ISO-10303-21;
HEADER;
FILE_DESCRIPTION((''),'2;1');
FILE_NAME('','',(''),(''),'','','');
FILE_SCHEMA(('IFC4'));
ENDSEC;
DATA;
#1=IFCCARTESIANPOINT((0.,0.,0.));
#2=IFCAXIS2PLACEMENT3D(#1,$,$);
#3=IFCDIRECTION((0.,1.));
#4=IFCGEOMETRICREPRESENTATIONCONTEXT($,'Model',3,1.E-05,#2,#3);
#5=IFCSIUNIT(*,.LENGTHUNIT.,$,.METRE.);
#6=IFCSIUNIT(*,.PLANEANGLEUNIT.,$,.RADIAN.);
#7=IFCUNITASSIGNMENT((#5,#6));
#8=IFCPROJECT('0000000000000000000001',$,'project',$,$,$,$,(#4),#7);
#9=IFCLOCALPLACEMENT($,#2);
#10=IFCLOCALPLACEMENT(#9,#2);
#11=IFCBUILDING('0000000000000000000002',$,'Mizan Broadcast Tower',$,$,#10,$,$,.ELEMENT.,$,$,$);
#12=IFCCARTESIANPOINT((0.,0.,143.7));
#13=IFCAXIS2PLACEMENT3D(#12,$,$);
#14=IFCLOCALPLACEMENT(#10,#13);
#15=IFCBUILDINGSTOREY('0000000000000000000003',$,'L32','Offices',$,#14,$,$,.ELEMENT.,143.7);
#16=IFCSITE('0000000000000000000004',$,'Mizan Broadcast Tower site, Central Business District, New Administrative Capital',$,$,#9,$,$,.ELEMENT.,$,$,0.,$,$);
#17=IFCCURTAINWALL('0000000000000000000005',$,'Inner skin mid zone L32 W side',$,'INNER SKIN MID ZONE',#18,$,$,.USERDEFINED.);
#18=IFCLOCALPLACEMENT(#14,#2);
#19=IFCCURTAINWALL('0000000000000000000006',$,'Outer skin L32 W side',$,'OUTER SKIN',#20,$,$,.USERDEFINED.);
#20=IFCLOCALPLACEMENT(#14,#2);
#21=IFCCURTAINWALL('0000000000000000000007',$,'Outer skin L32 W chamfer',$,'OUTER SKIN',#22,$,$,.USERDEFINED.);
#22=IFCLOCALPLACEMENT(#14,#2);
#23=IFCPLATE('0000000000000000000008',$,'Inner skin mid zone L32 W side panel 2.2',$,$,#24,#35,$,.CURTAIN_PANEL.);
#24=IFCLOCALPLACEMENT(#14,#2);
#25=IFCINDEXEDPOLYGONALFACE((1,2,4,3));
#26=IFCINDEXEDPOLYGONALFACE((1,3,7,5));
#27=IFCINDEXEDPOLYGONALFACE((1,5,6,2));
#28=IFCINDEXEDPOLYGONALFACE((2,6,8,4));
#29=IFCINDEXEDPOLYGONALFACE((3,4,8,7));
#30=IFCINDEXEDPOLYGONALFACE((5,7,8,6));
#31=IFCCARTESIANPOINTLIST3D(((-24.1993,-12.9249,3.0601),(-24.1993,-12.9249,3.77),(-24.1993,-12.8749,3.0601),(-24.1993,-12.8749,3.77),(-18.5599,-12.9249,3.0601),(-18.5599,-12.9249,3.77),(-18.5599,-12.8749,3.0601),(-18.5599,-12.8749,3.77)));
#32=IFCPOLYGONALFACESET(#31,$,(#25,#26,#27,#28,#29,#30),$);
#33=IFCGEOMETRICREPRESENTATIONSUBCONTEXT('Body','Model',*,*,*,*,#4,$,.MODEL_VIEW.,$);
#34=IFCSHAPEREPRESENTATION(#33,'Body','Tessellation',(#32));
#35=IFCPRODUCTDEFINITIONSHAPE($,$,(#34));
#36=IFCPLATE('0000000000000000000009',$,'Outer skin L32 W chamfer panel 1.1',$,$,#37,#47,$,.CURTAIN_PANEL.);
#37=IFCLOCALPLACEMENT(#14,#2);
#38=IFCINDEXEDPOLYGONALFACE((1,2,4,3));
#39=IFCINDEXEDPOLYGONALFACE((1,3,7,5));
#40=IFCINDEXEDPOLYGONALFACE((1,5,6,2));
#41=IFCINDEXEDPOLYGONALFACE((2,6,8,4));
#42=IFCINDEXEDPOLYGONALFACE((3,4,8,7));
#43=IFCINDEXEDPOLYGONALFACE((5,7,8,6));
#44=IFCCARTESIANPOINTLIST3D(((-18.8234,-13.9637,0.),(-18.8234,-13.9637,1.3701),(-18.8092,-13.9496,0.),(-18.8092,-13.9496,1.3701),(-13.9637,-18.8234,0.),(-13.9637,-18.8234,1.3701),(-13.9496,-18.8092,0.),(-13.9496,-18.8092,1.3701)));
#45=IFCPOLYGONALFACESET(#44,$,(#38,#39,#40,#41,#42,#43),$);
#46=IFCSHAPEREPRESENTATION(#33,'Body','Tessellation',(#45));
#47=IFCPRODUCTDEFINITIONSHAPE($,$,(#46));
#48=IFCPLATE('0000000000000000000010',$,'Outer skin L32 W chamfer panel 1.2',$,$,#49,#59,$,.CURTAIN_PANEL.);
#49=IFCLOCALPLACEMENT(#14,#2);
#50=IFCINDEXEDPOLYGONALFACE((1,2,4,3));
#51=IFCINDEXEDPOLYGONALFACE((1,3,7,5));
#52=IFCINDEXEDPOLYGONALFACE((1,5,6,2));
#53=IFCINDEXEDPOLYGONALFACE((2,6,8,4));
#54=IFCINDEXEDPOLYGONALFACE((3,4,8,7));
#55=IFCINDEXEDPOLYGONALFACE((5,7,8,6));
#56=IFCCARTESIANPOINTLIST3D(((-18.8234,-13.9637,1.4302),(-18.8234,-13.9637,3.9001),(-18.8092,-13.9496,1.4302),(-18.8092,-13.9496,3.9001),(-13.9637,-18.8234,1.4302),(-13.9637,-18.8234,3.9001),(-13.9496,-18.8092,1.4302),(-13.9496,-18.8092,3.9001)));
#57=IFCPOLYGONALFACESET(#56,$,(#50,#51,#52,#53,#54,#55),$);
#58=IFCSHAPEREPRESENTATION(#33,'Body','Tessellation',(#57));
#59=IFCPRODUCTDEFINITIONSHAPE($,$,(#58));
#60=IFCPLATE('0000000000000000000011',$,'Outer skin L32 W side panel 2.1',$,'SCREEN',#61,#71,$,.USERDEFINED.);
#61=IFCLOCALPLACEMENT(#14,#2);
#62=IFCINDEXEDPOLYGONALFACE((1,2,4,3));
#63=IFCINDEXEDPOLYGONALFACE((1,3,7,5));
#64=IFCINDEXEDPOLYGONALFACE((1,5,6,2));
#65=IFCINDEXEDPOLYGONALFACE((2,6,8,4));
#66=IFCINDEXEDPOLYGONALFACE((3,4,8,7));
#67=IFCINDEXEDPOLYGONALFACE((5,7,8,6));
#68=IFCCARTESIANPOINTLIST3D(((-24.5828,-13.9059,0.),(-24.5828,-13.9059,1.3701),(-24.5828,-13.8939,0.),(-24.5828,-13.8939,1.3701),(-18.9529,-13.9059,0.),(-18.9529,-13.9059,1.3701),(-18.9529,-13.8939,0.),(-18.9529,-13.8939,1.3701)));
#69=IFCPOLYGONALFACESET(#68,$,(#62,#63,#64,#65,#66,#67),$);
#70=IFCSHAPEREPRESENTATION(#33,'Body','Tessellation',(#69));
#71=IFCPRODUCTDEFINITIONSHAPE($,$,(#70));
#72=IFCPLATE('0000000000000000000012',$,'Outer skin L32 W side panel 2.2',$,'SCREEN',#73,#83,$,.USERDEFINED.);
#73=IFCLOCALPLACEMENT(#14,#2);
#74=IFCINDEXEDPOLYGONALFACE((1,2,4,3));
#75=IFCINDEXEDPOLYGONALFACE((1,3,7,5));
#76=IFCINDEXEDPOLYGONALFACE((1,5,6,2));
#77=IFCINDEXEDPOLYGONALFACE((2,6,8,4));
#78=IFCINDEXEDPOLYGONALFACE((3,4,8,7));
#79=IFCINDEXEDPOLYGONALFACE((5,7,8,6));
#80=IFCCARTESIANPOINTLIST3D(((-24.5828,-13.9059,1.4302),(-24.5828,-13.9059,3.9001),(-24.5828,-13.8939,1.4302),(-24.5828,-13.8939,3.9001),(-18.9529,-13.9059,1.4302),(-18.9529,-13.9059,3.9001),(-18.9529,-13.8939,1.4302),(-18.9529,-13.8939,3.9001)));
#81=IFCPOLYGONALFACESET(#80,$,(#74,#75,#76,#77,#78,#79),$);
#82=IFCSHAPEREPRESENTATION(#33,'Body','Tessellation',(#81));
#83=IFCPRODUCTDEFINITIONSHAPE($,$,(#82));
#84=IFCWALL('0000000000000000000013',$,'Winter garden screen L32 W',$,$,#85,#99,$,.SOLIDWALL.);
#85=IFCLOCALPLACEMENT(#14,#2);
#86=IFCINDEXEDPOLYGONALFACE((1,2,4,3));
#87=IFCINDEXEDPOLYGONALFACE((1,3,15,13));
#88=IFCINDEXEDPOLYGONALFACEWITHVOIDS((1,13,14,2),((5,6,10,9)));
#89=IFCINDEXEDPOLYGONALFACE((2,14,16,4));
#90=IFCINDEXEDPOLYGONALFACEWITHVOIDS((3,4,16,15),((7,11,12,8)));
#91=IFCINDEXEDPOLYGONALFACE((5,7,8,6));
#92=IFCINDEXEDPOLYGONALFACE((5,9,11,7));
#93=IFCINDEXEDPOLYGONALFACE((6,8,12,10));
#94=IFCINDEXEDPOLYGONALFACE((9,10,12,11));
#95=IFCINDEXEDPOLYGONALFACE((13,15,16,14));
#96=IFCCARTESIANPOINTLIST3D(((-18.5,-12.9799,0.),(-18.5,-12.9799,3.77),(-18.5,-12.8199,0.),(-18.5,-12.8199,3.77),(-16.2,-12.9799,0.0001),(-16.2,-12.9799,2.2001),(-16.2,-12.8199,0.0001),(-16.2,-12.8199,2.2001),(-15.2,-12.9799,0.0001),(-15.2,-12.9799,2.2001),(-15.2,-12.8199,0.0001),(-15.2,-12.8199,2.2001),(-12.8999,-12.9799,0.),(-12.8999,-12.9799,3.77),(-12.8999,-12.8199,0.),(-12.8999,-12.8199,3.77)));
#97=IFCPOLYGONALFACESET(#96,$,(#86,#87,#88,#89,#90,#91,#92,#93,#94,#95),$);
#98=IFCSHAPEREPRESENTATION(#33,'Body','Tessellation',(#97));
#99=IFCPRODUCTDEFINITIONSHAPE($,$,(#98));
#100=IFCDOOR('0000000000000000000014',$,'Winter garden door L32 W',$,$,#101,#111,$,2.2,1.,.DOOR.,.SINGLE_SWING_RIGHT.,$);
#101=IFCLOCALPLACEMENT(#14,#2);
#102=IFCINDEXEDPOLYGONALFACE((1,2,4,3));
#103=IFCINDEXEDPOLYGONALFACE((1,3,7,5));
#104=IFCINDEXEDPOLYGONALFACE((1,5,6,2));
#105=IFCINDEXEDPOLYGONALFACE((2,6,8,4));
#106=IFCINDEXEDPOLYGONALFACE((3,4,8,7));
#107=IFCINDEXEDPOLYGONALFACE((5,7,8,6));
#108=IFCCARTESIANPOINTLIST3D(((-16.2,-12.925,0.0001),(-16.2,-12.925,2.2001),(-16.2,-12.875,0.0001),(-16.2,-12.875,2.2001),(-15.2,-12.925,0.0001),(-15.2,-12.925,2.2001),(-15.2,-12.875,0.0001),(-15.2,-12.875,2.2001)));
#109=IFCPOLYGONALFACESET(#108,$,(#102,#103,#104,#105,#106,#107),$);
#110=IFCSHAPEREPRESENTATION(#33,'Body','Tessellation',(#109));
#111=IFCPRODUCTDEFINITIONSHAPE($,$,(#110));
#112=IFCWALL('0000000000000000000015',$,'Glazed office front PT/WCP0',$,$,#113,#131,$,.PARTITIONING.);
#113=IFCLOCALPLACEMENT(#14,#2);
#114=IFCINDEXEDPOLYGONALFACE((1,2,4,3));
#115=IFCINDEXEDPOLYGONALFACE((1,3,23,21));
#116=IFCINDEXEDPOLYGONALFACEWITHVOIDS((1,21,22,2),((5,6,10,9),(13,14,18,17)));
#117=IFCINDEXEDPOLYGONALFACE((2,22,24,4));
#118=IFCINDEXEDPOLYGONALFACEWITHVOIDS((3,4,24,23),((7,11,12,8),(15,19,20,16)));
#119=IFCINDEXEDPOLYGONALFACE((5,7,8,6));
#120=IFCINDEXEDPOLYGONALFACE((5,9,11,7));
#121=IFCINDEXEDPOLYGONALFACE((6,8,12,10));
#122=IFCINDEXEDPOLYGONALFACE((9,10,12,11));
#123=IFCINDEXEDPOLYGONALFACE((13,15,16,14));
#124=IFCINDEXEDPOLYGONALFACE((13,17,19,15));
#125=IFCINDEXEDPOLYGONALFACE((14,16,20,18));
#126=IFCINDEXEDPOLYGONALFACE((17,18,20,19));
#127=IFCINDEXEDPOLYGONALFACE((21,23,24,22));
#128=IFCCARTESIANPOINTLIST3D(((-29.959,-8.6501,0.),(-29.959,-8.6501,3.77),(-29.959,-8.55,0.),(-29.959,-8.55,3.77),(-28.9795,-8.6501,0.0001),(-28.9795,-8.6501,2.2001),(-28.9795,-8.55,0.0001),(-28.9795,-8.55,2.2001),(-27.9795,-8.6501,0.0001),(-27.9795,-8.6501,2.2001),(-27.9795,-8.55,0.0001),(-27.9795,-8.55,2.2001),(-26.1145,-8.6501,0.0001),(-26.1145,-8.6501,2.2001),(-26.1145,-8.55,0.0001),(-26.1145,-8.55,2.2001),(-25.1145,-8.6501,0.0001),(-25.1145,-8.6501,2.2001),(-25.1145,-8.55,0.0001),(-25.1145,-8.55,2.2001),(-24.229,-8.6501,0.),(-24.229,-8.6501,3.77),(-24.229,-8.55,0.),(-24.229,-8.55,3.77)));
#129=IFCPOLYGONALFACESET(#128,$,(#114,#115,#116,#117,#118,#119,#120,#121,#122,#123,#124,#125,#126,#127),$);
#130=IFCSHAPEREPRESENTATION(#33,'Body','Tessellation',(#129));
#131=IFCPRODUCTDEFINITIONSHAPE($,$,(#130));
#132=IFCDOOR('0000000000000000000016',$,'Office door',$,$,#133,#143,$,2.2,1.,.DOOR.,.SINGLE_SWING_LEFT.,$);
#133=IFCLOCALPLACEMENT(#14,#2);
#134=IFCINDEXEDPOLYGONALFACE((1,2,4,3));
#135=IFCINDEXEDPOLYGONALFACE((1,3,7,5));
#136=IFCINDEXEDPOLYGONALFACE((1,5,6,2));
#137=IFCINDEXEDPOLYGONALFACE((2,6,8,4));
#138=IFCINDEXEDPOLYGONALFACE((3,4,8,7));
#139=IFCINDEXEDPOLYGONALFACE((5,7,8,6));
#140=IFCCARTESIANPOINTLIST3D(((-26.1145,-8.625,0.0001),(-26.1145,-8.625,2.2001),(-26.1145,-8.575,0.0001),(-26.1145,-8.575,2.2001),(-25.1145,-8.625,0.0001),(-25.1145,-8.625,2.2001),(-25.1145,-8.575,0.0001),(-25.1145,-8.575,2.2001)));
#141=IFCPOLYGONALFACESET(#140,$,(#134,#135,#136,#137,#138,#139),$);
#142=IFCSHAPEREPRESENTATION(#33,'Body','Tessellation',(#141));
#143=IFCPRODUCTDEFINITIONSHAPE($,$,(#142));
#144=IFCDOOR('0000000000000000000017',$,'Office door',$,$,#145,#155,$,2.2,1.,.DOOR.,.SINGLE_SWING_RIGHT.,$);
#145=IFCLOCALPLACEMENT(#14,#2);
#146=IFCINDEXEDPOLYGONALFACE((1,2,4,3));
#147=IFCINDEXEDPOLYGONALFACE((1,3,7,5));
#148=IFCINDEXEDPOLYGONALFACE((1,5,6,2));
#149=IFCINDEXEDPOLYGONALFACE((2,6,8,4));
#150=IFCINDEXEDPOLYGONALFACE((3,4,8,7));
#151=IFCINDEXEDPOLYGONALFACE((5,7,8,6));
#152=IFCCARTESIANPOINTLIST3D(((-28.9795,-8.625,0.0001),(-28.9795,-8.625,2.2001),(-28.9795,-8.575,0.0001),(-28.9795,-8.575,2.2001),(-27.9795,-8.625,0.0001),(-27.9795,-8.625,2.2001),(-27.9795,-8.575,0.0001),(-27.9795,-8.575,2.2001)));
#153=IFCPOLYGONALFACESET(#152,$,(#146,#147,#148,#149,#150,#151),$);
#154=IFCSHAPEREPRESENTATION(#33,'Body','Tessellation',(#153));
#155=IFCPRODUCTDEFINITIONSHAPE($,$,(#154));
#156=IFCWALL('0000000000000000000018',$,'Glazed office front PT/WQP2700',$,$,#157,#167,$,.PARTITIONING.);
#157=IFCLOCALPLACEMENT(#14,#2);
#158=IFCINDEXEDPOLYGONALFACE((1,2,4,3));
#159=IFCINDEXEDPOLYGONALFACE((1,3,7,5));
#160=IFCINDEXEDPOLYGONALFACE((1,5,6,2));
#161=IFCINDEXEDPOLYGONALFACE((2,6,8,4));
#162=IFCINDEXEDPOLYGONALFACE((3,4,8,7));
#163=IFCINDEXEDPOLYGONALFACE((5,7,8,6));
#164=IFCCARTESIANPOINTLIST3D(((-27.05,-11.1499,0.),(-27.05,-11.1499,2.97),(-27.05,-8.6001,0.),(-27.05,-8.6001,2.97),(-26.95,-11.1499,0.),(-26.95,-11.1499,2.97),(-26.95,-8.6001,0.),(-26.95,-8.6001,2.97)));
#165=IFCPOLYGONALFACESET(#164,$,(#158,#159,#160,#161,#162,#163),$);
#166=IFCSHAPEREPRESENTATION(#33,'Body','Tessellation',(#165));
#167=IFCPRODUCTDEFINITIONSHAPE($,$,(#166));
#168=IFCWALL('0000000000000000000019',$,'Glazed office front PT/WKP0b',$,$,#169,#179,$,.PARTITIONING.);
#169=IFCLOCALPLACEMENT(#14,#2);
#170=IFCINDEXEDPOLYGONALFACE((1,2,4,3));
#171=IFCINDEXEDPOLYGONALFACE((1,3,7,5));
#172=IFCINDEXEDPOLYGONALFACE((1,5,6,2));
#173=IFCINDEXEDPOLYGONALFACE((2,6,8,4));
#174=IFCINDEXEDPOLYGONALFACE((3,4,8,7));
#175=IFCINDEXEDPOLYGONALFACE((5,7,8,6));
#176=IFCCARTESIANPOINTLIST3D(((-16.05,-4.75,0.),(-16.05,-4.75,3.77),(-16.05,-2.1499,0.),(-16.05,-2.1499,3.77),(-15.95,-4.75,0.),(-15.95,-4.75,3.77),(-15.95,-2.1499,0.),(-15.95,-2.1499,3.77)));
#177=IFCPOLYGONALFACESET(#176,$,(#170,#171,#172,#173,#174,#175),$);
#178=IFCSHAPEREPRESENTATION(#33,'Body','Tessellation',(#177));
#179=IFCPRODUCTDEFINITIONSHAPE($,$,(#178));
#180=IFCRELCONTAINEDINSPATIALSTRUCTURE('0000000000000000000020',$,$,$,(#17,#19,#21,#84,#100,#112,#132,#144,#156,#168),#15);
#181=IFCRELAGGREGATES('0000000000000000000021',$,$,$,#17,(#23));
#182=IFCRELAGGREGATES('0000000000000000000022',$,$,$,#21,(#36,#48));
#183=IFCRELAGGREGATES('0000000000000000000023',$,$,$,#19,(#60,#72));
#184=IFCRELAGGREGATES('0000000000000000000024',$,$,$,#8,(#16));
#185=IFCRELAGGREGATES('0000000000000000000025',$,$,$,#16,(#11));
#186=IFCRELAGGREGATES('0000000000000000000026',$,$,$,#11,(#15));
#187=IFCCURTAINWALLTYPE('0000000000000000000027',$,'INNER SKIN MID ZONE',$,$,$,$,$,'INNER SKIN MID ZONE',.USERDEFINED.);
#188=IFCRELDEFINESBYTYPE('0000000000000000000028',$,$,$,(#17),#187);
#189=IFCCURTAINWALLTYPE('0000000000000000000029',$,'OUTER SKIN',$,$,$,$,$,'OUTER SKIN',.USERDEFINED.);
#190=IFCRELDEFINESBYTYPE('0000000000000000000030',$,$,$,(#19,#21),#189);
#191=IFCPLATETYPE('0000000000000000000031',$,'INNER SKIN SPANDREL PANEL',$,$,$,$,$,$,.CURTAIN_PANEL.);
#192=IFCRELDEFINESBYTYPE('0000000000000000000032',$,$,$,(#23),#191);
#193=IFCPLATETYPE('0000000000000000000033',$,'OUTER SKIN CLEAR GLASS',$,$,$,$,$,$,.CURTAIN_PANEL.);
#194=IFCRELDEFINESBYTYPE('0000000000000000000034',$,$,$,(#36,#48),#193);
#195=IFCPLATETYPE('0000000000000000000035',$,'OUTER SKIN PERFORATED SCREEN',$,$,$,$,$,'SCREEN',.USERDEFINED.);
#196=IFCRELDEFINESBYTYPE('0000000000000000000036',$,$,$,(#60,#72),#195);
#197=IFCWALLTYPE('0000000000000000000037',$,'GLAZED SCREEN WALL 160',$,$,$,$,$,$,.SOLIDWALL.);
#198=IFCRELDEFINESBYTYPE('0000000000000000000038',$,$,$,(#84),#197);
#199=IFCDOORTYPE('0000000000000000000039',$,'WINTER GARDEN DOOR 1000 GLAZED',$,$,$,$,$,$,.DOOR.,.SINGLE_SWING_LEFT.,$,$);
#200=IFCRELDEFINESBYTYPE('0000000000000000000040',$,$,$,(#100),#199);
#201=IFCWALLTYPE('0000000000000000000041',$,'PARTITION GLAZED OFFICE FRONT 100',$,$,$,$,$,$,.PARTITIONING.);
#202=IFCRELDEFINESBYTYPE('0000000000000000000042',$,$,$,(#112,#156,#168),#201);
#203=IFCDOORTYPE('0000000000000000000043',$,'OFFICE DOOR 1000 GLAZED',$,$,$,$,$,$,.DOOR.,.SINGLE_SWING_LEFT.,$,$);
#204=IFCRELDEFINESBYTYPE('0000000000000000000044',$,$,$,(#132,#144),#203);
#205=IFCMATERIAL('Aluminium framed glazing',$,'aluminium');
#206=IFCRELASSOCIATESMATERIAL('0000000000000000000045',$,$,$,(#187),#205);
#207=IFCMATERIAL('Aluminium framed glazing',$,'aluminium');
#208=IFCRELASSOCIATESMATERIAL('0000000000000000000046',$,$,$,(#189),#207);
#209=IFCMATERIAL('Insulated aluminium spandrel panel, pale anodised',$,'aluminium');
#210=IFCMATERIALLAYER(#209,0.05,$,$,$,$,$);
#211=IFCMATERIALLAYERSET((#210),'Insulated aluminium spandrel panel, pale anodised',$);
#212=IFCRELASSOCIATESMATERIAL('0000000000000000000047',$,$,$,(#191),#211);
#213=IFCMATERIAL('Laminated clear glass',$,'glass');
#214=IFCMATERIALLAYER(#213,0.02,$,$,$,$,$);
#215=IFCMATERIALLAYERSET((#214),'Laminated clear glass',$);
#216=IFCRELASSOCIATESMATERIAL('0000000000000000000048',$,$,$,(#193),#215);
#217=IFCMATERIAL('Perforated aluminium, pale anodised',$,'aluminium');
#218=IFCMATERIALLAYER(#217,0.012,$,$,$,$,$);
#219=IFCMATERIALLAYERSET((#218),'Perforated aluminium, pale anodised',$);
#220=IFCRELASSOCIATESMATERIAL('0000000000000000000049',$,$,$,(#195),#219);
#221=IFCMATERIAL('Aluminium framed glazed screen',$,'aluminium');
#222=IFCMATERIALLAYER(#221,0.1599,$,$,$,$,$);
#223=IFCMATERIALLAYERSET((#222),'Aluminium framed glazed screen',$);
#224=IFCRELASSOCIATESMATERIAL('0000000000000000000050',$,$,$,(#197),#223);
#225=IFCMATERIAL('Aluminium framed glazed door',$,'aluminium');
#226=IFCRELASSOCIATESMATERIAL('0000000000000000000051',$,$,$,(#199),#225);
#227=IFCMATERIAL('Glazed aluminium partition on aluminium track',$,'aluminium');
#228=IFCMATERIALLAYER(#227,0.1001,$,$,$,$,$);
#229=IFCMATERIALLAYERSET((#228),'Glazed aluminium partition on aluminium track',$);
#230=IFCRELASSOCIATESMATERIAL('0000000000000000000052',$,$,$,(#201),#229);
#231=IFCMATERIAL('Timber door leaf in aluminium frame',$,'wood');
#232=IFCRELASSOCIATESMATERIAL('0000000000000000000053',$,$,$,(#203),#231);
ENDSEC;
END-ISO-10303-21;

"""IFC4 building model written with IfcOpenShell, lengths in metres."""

from ifc_helpers import new_model, si_unit, direction, frame, frame_2d, origin, origin_2d, place, context, subcontext, project, spatial, rectangle, extrude, material, layer, layer_set, type_object, element, fill, aggregate, save


model = new_model("IFC4")

# Units and contexts
model_context = context("Model", 3, precision=1e-05, world=origin(), true_north=direction((0.0, 1.0)))
body_context = subcontext(model_context, "Body", "Model", "MODEL_VIEW")
ifc_project = project(units=[si_unit("LENGTHUNIT", "METRE"), si_unit("PLANEANGLEUNIT", "RADIAN")], contexts=[model_context])

# Site, building, storey
site_placement = place(None, origin())
site = spatial("IfcSite", under=ifc_project, at=site_placement, Name="Mizan Broadcast Tower site, Central Business District, New Administrative Capital", CompositionType="ELEMENT", RefElevation=0.0)
building_placement = place(site_placement, origin())
building = spatial("IfcBuilding", under=site, at=building_placement, Name="Mizan Broadcast Tower", CompositionType="ELEMENT")
storey_placement = place(building_placement, frame((0.0, 0.0, 143.7)))
storey = spatial("IfcBuildingStorey", under=building, at=storey_placement, Name="L32", Description="Offices", CompositionType="ELEMENT", Elevation=143.7)

# Curtain walls
ifc_material_1 = material(Name="Aluminium framed glazing", Category="aluminium")
curtain_wall_type_1 = type_object("IfcCurtainWallType", Name="INNER SKIN MID ZONE", ElementType="INNER SKIN MID ZONE", PredefinedType="USERDEFINED", material=ifc_material_1)
curtain_wall_1_placement = place(storey_placement, origin())
curtain_wall_1 = element("IfcCurtainWall", 1, at=curtain_wall_1_placement, inside=storey, type_object=curtain_wall_type_1, Name="Inner skin mid zone L32 W side", ObjectType="INNER SKIN MID ZONE", PredefinedType="USERDEFINED")
ifc_material_2 = material(Name="Aluminium framed glazing", Category="aluminium")
curtain_wall_type_2 = type_object("IfcCurtainWallType", Name="OUTER SKIN", ElementType="OUTER SKIN", PredefinedType="USERDEFINED", material=ifc_material_2)
curtain_wall_2_placement = place(storey_placement, origin())
curtain_wall_2 = element("IfcCurtainWall", 2, at=curtain_wall_2_placement, inside=storey, type_object=curtain_wall_type_2, Name="Outer skin L32 W side", ObjectType="OUTER SKIN", PredefinedType="USERDEFINED")

# Curtain wall
curtain_wall_3_placement = place(storey_placement, origin())
curtain_wall_3 = element("IfcCurtainWall", 3, at=curtain_wall_3_placement, inside=storey, type_object=curtain_wall_type_2, Name="Outer skin L32 W chamfer", ObjectType="OUTER SKIN", PredefinedType="USERDEFINED")

# Plates
ifc_material_3 = material(Name="Insulated aluminium spandrel panel, pale anodised", Category="aluminium")
ifc_layer_1 = layer(ifc_material_3, 0.05)
ifc_layer_set_1 = layer_set([ifc_layer_1], Name="Insulated aluminium spandrel panel, pale anodised")
plate_type_1 = type_object("IfcPlateType", Name="INNER SKIN SPANDREL PANEL", PredefinedType="CURTAIN_PANEL", material=ifc_layer_set_1)
plate_1_placement = place(storey_placement, frame((-21.3796, -12.8999, 3.0601), z_axis=(0.0, 0.0, 1.0), x_axis=(1.0, 0.0, 0.0)))
plate_1 = element("IfcPlate", 4, at=plate_1_placement, type_object=plate_type_1, Name="Inner skin mid zone L32 W side panel 2.2", PredefinedType="CURTAIN_PANEL", context=body_context, shape_type="SweptSolid", body=[
    extrude(rectangle(XDim=5.6394, YDim=0.05, at=origin_2d()), origin(), (0.0, 0.0, 1.0), 0.71),
])
aggregate(curtain_wall_1, [plate_1])
ifc_material_4 = material(Name="Laminated clear glass", Category="glass")
ifc_layer_2 = layer(ifc_material_4, 0.02)
ifc_layer_set_2 = layer_set([ifc_layer_2], Name="Laminated clear glass")
plate_type_2 = type_object("IfcPlateType", Name="OUTER SKIN CLEAR GLASS", PredefinedType="CURTAIN_PANEL", material=ifc_layer_set_2)
plate_2_placement = place(storey_placement, frame((-16.3865, -16.3865, 0.0), z_axis=(0.0, 0.0, 1.0), x_axis=(0.707107, -0.707107, 0.0)))
plate_2 = element("IfcPlate", 5, at=plate_2_placement, type_object=plate_type_2, Name="Outer skin L32 W chamfer panel 1.1", PredefinedType="CURTAIN_PANEL", context=body_context, shape_type="SweptSolid", body=[
    extrude(rectangle(XDim=6.8726, YDim=0.02, at=origin_2d()), origin(), (0.0, 0.0, 1.0), 1.3701),
])
plate_3_placement = place(storey_placement, frame((-16.3865, -16.3865, 1.4302), z_axis=(0.0, 0.0, 1.0), x_axis=(0.707107, -0.707107, 0.0)))
plate_3 = element("IfcPlate", 6, at=plate_3_placement, type_object=plate_type_2, Name="Outer skin L32 W chamfer panel 1.2", PredefinedType="CURTAIN_PANEL", context=body_context, shape_type="SweptSolid", body=[
    extrude(rectangle(XDim=6.8726, YDim=0.02, at=origin_2d()), origin(), (0.0, 0.0, 1.0), 2.47),
])
aggregate(curtain_wall_3, [plate_2, plate_3])
ifc_material_5 = material(Name="Perforated aluminium, pale anodised", Category="aluminium")
ifc_layer_3 = layer(ifc_material_5, 0.012)
ifc_layer_set_3 = layer_set([ifc_layer_3], Name="Perforated aluminium, pale anodised")
plate_type_3 = type_object("IfcPlateType", Name="OUTER SKIN PERFORATED SCREEN", ElementType="SCREEN", PredefinedType="USERDEFINED", material=ifc_layer_set_3)
plate_4_placement = place(storey_placement, frame((-21.7678, -13.8999, 0.0), z_axis=(0.0, 0.0, 1.0), x_axis=(1.0, 0.0, 0.0)))
plate_4 = element("IfcPlate", 7, at=plate_4_placement, type_object=plate_type_3, Name="Outer skin L32 W side panel 2.1", ObjectType="SCREEN", PredefinedType="USERDEFINED", context=body_context, shape_type="SweptSolid", body=[
    extrude(rectangle(XDim=5.6299, YDim=0.012, at=origin_2d()), origin(), (0.0, 0.0, 1.0), 1.3701),
])
plate_5_placement = place(storey_placement, frame((-21.7678, -13.8999, 1.4302), z_axis=(0.0, 0.0, 1.0), x_axis=(1.0, 0.0, 0.0)))
plate_5 = element("IfcPlate", 8, at=plate_5_placement, type_object=plate_type_3, Name="Outer skin L32 W side panel 2.2", ObjectType="SCREEN", PredefinedType="USERDEFINED", context=body_context, shape_type="SweptSolid", body=[
    extrude(rectangle(XDim=5.6299, YDim=0.012, at=origin_2d()), origin(), (0.0, 0.0, 1.0), 2.47),
])
aggregate(curtain_wall_2, [plate_4, plate_5])

# Wall, opening, door
ifc_material_6 = material(Name="Aluminium framed glazed screen", Category="aluminium")
ifc_layer_4 = layer(ifc_material_6, 0.1599)
ifc_layer_set_4 = layer_set([ifc_layer_4], Name="Aluminium framed glazed screen")
wall_type_1 = type_object("IfcWallType", Name="GLAZED SCREEN WALL 160", PredefinedType="SOLIDWALL", material=ifc_layer_set_4)
wall_1_placement = place(storey_placement, frame((-18.5, -12.8999, 0.0), z_axis=(0.0, 0.0, 1.0), x_axis=(1.0, 0.0, 0.0)))
wall_1 = element("IfcWall", 9, at=wall_1_placement, inside=storey, type_object=wall_type_1, Name="Winter garden screen L32 W", PredefinedType="SOLIDWALL", context=body_context, shape_type="SweptSolid", body=[
    extrude(rectangle(XDim=5.6001, YDim=0.1599, at=frame_2d((2.8, 0.0))), origin(), (0.0, 0.0, 1.0), 3.77),
])
opening_1_placement = place(wall_1_placement, frame((2.3, 0.0, 0.0)))
opening_1 = element("IfcOpeningElement", 10, at=opening_1_placement, cuts=wall_1, PredefinedType="OPENING", context=body_context, shape_type="SweptSolid", body=[
    extrude(rectangle(XDim=1.0, YDim=2.2, at=frame_2d((0.5, 1.1001))), frame((0.0, 0.0898, 0.0), z_axis=(0.0, -1.0, 0.0), x_axis=(1.0, 0.0, 0.0)), (0.0, 0.0, 1.0), 0.1799),
])
ifc_material_7 = material(Name="Aluminium framed glazed door", Category="aluminium")
door_type_1 = type_object("IfcDoorType", Name="WINTER GARDEN DOOR 1000 GLAZED", OperationType="SINGLE_SWING_LEFT", PredefinedType="DOOR", material=ifc_material_7)
door_1_placement = place(opening_1_placement, origin())
door_1 = element("IfcDoor", 11, at=door_1_placement, inside=storey, type_object=door_type_1, Name="Winter garden door L32 W", OperationType="SINGLE_SWING_RIGHT", OverallHeight=2.2, OverallWidth=1.0, PredefinedType="DOOR", context=body_context, shape_type="SweptSolid", body=[
    extrude(rectangle(XDim=1.0, YDim=2.2, at=frame_2d((0.5, 1.1001))), frame((0.0, 0.0249, 0.0), z_axis=(0.0, -1.0, 0.0), x_axis=(1.0, 0.0, 0.0)), (0.0, 0.0, 1.0), 0.05),
])
fill(opening_1, door_1)

# Wall, openings, doors
ifc_material_8 = material(Name="Glazed aluminium partition on aluminium track", Category="aluminium")
ifc_layer_5 = layer(ifc_material_8, 0.1001)
ifc_layer_set_5 = layer_set([ifc_layer_5], Name="Glazed aluminium partition on aluminium track")
wall_type_2 = type_object("IfcWallType", Name="PARTITION GLAZED OFFICE FRONT 100", PredefinedType="PARTITIONING", material=ifc_layer_set_5)
wall_2_placement = place(storey_placement, frame((-24.229, -8.6001, 0.0), z_axis=(0.0, 0.0, 1.0), x_axis=(-1.0, 0.0, 0.0)))
wall_2 = element("IfcWall", 12, at=wall_2_placement, inside=storey, type_object=wall_type_2, Name="Glazed office front PT/WCP0", PredefinedType="PARTITIONING", context=body_context, shape_type="SweptSolid", body=[
    extrude(rectangle(XDim=5.73, YDim=0.1001, at=frame_2d((2.865, 0.0))), origin(), (0.0, 0.0, 1.0), 3.77),
])
opening_2_placement = place(wall_2_placement, frame((0.8855, 0.0, 0.0)))
opening_2 = element("IfcOpeningElement", 13, at=opening_2_placement, cuts=wall_2, PredefinedType="OPENING", context=body_context, shape_type="SweptSolid", body=[
    extrude(rectangle(XDim=1.0, YDim=2.2, at=frame_2d((0.5, 1.1001))), frame((0.0, 0.0601, 0.0), z_axis=(0.0, -1.0, 0.0), x_axis=(1.0, 0.0, 0.0)), (0.0, 0.0, 1.0), 0.1201),
])
opening_3_placement = place(wall_2_placement, frame((3.7505, 0.0, 0.0)))
opening_3 = element("IfcOpeningElement", 14, at=opening_3_placement, cuts=wall_2, PredefinedType="OPENING", context=body_context, shape_type="SweptSolid", body=[
    extrude(rectangle(XDim=1.0, YDim=2.2, at=frame_2d((0.5, 1.1001))), frame((0.0, 0.0601, 0.0), z_axis=(0.0, -1.0, 0.0), x_axis=(1.0, 0.0, 0.0)), (0.0, 0.0, 1.0), 0.1201),
])
ifc_material_9 = material(Name="Timber door leaf in aluminium frame", Category="wood")
door_type_2 = type_object("IfcDoorType", Name="OFFICE DOOR 1000 GLAZED", OperationType="SINGLE_SWING_LEFT", PredefinedType="DOOR", material=ifc_material_9)
door_2_placement = place(opening_2_placement, origin())
door_2 = element("IfcDoor", 15, at=door_2_placement, inside=storey, type_object=door_type_2, Name="Office door", OperationType="SINGLE_SWING_LEFT", OverallHeight=2.2, OverallWidth=1.0, PredefinedType="DOOR", context=body_context, shape_type="SweptSolid", body=[
    extrude(rectangle(XDim=1.0, YDim=2.2, at=frame_2d((0.5, 1.1001))), frame((0.0, 0.0249, 0.0), z_axis=(0.0, -1.0, 0.0), x_axis=(1.0, 0.0, 0.0)), (0.0, 0.0, 1.0), 0.05),
])
fill(opening_2, door_2)
door_3_placement = place(opening_3_placement, origin())
door_3 = element("IfcDoor", 16, at=door_3_placement, inside=storey, type_object=door_type_2, Name="Office door", OperationType="SINGLE_SWING_RIGHT", OverallHeight=2.2, OverallWidth=1.0, PredefinedType="DOOR", context=body_context, shape_type="SweptSolid", body=[
    extrude(rectangle(XDim=1.0, YDim=2.2, at=frame_2d((0.5, 1.1001))), frame((0.0, 0.0249, 0.0), z_axis=(0.0, -1.0, 0.0), x_axis=(1.0, 0.0, 0.0)), (0.0, 0.0, 1.0), 0.05),
])
fill(opening_3, door_3)

# Walls
wall_3_placement = place(storey_placement, frame((-27.0, -8.6001, 0.0), z_axis=(0.0, 0.0, 1.0), x_axis=(0.0, -1.0, 0.0)))
element("IfcWall", 17, at=wall_3_placement, inside=storey, type_object=wall_type_2, Name="Glazed office front PT/WQP2700", PredefinedType="PARTITIONING", context=body_context, shape_type="SweptSolid", body=[
    extrude(rectangle(XDim=2.5498, YDim=0.1001, at=frame_2d((1.2749, 0.0))), origin(), (0.0, 0.0, 1.0), 2.97),
])
for number, where, z_axis, x_axis, name in (
    (18, (-16.0, -2.1499, 0.0), (0.0, 0.0, 1.0), (0.0, -1.0, 0.0), "Glazed office front PT/WKP0b"),
):
    element("IfcWall", number, at=place(storey_placement, frame(where, z_axis=z_axis, x_axis=x_axis)), inside=storey, type_object=wall_type_2, Name=name, PredefinedType="PARTITIONING", context=body_context, shape_type="SweptSolid", body=[
        extrude(rectangle(XDim=2.6001, YDim=0.1001, at=frame_2d((1.3, 0.0))), origin(), (0.0, 0.0, 1.0), 3.77),
    ])

save(model, "model.ifc")
